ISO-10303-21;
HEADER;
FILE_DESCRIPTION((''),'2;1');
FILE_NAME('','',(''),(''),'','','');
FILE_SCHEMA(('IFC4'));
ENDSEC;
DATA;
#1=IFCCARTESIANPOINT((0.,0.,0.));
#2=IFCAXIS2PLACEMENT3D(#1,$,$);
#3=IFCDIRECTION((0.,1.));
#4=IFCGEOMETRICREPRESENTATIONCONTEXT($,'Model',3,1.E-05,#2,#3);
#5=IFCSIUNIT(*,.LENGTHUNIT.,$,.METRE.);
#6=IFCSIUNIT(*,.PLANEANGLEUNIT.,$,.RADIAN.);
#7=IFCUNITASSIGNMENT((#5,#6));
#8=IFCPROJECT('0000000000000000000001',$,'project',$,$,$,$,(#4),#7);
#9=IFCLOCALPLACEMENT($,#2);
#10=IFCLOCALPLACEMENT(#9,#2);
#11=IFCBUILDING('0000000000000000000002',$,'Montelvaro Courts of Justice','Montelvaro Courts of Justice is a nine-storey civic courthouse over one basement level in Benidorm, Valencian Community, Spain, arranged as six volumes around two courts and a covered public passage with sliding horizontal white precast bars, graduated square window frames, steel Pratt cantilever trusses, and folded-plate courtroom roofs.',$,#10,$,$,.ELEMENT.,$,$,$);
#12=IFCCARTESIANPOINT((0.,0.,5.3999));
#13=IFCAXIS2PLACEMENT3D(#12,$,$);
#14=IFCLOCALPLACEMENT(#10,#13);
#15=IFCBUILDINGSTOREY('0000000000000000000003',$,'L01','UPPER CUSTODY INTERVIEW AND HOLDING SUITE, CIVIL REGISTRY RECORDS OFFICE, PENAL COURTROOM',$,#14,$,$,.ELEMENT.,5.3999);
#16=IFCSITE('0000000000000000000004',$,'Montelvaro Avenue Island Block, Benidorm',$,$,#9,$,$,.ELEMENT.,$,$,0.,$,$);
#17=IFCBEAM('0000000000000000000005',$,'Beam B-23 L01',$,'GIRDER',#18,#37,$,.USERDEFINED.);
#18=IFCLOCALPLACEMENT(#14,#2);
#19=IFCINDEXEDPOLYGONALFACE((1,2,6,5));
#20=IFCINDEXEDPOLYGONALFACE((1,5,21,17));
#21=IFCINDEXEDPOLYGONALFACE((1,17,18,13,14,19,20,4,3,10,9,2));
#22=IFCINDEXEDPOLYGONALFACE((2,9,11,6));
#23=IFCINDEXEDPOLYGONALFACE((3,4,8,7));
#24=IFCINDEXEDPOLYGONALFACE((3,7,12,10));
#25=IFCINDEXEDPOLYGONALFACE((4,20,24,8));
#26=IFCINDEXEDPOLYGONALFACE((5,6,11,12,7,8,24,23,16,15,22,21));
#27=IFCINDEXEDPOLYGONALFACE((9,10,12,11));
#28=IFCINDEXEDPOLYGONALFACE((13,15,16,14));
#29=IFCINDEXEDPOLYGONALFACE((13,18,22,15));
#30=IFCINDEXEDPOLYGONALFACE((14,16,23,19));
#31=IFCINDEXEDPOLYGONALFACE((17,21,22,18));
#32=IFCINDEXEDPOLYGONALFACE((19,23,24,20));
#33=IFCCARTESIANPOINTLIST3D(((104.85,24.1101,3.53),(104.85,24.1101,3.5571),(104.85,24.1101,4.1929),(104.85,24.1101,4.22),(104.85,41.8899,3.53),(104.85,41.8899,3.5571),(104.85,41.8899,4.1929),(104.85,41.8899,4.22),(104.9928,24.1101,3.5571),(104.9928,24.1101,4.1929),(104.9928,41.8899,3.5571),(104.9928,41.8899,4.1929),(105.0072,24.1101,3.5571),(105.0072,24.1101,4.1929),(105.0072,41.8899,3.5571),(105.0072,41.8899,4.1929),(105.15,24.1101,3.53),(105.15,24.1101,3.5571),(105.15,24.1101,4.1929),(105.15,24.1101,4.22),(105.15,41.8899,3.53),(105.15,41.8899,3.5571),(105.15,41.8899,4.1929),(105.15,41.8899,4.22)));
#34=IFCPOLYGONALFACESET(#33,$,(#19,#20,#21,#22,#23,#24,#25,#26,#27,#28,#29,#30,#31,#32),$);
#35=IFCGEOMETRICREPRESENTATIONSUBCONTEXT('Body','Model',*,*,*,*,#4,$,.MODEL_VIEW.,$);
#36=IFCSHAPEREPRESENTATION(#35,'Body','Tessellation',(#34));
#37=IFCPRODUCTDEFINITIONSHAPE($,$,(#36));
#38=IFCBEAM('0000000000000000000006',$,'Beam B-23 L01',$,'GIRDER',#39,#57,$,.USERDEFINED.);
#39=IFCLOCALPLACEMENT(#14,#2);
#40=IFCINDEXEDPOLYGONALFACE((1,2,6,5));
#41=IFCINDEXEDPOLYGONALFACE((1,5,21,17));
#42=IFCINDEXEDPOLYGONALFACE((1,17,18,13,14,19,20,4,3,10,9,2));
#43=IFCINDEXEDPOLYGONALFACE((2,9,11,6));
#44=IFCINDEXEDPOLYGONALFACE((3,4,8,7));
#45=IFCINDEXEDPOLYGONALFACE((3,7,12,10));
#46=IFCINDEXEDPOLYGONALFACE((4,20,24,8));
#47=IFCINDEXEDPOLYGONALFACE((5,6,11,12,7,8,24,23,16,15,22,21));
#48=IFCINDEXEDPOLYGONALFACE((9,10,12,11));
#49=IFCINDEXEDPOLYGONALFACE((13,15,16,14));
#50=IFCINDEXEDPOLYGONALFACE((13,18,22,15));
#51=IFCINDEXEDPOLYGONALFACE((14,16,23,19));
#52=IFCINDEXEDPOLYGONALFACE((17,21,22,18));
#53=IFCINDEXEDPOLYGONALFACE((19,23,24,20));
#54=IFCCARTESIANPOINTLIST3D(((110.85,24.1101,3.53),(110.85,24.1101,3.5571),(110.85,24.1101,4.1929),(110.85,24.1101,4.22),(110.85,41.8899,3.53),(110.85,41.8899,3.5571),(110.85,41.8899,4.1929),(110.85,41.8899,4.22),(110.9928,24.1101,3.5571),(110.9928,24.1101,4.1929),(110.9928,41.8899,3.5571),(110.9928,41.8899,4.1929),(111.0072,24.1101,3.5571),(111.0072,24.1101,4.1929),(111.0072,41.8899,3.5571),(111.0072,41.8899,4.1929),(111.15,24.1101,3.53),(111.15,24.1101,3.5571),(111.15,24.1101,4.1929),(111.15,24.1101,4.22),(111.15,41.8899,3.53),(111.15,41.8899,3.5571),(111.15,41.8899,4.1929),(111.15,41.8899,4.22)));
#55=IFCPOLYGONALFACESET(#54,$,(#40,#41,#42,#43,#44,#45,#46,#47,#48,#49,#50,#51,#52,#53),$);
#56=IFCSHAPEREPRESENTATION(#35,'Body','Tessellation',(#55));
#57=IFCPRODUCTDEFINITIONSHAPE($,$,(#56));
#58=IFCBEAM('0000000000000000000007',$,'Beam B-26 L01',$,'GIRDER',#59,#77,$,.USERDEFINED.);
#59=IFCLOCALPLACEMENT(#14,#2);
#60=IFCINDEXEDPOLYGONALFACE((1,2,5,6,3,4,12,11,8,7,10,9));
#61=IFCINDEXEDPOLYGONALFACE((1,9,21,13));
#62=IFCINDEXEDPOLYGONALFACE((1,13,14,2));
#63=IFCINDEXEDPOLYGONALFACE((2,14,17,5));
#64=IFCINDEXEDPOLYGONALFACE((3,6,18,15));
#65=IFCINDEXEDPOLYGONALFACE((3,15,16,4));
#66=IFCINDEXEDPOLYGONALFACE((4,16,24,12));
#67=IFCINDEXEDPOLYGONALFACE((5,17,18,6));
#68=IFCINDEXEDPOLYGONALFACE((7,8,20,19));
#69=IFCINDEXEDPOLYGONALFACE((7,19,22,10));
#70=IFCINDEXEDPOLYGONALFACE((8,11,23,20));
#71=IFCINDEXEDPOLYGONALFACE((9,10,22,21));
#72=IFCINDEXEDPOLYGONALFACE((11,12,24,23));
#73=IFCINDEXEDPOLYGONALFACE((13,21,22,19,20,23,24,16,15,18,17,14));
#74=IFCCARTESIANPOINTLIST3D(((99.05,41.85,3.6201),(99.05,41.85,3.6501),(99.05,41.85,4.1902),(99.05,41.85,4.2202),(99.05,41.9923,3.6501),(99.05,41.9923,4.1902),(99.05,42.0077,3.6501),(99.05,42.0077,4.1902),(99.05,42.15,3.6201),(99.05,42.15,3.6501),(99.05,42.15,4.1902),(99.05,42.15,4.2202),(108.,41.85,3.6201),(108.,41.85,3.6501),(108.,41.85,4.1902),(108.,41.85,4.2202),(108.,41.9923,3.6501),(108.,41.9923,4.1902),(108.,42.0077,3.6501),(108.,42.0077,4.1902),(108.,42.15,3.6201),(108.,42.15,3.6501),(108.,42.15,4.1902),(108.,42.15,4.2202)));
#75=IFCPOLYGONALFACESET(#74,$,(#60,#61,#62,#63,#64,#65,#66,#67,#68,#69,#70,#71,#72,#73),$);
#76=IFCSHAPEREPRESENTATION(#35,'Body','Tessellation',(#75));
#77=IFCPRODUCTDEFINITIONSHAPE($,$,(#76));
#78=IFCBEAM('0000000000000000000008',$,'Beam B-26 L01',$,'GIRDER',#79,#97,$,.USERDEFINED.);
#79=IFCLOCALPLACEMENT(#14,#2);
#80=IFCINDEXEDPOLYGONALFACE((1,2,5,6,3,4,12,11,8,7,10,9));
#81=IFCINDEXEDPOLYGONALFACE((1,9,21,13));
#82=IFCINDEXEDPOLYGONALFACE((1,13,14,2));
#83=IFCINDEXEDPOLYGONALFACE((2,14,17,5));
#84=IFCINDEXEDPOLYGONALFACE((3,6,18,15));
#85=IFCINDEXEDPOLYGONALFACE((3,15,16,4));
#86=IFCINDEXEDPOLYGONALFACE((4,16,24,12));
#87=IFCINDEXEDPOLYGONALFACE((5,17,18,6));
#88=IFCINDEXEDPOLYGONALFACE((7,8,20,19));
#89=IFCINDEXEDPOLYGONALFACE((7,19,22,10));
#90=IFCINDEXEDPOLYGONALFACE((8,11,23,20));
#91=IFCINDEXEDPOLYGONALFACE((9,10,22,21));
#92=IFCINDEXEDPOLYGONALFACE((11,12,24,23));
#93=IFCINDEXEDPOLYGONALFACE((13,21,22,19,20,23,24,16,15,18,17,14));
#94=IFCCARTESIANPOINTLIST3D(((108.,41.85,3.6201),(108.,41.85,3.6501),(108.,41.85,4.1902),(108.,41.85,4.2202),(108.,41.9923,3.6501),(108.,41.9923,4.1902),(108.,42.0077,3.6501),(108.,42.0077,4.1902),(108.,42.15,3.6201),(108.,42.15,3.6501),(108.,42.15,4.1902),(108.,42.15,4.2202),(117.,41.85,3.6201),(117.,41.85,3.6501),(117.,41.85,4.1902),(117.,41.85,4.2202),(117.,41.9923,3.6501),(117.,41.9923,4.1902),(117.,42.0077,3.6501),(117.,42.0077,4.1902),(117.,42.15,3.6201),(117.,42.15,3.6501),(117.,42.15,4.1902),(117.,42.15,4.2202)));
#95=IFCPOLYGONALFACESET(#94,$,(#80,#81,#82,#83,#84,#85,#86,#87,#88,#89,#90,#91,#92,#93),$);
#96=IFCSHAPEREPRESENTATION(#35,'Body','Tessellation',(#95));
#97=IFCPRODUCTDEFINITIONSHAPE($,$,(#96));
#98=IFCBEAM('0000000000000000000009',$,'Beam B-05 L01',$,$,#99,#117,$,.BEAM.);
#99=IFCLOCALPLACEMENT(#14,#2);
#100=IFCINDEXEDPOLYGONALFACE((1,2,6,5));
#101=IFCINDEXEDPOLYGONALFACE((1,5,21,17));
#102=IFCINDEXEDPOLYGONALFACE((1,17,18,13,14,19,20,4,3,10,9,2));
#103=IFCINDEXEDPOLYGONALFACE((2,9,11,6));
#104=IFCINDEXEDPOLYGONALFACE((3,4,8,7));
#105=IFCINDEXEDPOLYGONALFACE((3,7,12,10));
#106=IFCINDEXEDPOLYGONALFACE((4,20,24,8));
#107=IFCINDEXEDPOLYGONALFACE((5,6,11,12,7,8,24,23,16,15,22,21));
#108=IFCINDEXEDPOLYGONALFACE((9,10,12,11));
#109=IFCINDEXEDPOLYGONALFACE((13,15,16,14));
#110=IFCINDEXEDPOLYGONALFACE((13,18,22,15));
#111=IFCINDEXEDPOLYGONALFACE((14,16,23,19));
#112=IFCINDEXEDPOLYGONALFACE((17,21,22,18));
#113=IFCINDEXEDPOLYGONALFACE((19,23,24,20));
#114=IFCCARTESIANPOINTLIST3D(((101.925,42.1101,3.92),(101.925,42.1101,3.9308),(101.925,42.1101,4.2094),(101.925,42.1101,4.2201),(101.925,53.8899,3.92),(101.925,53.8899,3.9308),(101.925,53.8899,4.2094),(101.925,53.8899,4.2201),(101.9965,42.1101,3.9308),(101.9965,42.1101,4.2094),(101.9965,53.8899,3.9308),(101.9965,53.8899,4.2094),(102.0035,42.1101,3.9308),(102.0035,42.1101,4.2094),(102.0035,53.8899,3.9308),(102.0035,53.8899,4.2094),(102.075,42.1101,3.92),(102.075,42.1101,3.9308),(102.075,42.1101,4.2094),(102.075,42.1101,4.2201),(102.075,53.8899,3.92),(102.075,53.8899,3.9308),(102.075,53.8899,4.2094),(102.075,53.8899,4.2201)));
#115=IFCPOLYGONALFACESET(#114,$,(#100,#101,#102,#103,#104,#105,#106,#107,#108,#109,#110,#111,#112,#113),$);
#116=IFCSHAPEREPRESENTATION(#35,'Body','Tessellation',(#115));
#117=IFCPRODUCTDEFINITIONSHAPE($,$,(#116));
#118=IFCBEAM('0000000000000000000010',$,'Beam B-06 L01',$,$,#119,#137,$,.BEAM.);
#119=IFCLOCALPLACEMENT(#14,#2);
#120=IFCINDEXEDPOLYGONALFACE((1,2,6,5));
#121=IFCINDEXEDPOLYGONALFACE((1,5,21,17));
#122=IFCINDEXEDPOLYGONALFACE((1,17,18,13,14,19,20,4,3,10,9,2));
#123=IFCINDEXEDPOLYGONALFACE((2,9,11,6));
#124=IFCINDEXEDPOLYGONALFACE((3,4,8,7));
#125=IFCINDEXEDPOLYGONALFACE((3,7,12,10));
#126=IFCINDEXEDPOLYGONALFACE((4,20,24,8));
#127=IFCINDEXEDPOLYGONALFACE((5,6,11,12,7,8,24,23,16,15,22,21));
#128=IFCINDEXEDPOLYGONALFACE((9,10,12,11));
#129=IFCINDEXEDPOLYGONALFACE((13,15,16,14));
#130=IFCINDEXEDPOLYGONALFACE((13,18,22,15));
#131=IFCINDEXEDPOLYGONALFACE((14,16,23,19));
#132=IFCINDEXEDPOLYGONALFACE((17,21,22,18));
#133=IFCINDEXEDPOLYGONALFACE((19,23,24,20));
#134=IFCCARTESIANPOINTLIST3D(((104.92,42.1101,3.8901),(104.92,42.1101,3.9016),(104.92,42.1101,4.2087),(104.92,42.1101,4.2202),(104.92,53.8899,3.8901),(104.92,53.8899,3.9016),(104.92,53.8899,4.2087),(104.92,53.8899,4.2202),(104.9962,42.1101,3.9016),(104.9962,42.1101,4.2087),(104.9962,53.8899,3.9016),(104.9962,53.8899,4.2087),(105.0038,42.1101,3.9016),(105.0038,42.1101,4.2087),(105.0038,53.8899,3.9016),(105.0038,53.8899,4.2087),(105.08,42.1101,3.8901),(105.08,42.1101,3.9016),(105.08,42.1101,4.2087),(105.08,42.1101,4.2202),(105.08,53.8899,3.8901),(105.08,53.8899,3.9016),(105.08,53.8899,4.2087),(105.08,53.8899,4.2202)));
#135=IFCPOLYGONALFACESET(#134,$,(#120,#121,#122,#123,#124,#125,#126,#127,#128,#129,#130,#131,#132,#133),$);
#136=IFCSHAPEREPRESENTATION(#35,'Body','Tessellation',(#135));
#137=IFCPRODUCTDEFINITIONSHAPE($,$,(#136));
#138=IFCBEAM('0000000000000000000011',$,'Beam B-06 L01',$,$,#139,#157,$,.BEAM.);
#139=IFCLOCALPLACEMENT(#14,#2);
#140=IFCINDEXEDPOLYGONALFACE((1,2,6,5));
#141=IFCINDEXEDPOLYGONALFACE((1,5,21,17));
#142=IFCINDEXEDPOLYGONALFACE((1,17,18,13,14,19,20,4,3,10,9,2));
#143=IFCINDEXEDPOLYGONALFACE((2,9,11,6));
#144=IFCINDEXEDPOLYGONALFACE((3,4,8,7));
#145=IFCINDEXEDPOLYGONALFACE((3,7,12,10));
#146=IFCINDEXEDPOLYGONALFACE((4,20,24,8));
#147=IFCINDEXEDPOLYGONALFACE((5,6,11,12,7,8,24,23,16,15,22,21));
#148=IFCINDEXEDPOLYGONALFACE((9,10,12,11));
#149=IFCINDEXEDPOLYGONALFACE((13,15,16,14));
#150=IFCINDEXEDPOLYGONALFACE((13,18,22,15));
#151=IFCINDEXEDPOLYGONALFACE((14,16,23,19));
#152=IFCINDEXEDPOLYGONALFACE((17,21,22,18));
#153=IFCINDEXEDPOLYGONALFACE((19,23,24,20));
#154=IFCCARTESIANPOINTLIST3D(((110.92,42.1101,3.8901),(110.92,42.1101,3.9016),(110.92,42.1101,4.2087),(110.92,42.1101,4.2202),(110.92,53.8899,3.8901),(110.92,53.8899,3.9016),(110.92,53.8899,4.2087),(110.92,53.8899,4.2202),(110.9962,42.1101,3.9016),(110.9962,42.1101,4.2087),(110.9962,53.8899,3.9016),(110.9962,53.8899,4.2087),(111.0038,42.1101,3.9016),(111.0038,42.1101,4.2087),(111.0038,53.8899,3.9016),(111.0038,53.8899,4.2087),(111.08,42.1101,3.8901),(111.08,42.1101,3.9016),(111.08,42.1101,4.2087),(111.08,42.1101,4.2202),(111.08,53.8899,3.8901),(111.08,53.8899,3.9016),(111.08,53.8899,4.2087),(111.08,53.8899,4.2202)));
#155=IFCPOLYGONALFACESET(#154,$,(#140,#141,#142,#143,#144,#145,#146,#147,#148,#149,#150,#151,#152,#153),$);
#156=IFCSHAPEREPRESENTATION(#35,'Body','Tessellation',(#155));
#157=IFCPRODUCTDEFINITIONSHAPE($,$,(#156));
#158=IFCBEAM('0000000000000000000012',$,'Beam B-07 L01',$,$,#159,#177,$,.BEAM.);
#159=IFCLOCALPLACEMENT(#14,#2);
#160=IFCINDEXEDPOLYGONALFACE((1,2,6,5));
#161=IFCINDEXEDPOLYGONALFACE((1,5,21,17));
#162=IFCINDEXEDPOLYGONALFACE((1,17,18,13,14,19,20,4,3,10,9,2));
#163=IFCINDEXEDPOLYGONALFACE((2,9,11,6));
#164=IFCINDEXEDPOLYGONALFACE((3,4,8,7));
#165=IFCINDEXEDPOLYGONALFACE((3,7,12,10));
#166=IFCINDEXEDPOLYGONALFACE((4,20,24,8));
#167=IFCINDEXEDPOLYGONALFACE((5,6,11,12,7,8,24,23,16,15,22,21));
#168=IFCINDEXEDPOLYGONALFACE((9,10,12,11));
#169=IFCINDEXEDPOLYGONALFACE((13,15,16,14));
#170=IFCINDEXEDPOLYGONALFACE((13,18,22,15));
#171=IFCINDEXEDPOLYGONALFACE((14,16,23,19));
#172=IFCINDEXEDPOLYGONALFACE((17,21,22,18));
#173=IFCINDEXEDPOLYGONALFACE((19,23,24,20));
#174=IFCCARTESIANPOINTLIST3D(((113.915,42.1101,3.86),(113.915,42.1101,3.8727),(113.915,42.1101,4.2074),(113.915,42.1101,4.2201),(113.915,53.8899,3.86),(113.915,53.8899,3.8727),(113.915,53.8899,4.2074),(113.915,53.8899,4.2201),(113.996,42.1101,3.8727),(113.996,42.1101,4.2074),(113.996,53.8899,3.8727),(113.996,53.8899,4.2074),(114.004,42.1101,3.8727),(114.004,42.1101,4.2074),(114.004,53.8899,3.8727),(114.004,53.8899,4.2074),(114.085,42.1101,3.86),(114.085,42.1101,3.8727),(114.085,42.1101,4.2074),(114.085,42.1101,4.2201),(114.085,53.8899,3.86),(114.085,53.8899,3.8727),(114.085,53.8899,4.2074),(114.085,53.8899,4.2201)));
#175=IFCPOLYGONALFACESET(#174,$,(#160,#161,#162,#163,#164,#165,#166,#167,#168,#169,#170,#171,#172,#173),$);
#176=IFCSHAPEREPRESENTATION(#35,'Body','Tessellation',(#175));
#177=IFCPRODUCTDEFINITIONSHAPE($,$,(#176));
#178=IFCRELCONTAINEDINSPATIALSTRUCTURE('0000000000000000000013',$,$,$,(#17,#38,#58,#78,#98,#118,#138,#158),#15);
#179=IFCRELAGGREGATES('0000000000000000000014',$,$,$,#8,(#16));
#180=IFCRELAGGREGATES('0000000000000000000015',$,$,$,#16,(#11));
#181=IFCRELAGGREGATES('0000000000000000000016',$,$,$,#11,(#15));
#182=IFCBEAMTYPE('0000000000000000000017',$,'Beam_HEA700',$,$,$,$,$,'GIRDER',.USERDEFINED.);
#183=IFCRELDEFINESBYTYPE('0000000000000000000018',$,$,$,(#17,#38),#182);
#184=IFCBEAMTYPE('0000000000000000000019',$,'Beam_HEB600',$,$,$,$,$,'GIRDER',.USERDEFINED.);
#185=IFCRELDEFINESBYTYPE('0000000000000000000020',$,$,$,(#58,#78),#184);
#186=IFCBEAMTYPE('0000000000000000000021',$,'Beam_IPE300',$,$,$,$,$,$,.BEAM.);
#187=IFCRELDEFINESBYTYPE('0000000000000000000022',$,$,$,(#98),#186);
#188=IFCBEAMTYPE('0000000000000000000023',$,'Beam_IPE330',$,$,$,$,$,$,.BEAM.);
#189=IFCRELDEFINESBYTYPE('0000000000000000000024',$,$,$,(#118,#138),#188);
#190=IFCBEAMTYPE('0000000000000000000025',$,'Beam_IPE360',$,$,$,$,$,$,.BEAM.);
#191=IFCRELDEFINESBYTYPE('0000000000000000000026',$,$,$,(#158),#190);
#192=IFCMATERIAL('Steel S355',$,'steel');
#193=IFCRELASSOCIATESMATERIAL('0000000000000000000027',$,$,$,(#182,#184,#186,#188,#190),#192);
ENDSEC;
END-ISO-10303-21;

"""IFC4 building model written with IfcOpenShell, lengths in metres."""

from ifc_helpers import new_model, si_unit, direction, frame, origin, origin_2d, place, context, subcontext, project, spatial, i_section, extrude, material, material_profile, profile_set, type_object, element, save


model = new_model("IFC4")

# Units and contexts
model_context = context("Model", 3, precision=1e-05, world=origin(), true_north=direction((0.0, 1.0)))
body_context = subcontext(model_context, "Body", "Model", "MODEL_VIEW")
ifc_project = project(units=[si_unit("LENGTHUNIT", "METRE"), si_unit("PLANEANGLEUNIT", "RADIAN")], contexts=[model_context])

# Site, building, storey
site_placement = place(None, origin())
site = spatial("IfcSite", under=ifc_project, at=site_placement, Name="Montelvaro Avenue Island Block, Benidorm", CompositionType="ELEMENT", RefElevation=0.0)
building_placement = place(site_placement, origin())
building = spatial("IfcBuilding", under=site, at=building_placement, Name="Montelvaro Courts of Justice", Description="Montelvaro Courts of Justice is a nine-storey civic courthouse over one basement level in Benidorm, Valencian Community, Spain, arranged as six volumes around two courts and a covered public passage with sliding horizontal white precast bars, graduated square window frames, steel Pratt cantilever trusses, and folded-plate courtroom roofs.", CompositionType="ELEMENT")
storey_placement = place(building_placement, frame((0.0, 0.0, 5.3999)))
storey = spatial("IfcBuildingStorey", under=building, at=storey_placement, Name="L01", Description="UPPER CUSTODY INTERVIEW AND HOLDING SUITE, CIVIL REGISTRY RECORDS OFFICE, PENAL COURTROOM", CompositionType="ELEMENT", Elevation=5.3999)

# Shared definitions
ifc_material_1 = material(Name="Steel S355", Category="steel")

# Beams
ifc_material_profile_1 = material_profile(ifc_material_1, i_section(OverallWidth=0.3, OverallDepth=0.6899, WebThickness=0.0144, FlangeThickness=0.0271, at=origin_2d()), Name="HEA 700")
ifc_profile_set_1 = profile_set([ifc_material_profile_1], Name="Steel S355")
beam_type_1 = type_object("IfcBeamType", Name="Beam_HEA700", ElementType="GIRDER", PredefinedType="USERDEFINED", material=ifc_profile_set_1)
for number, where, z_axis, x_axis, name in (
    (1, (105.0, 24.1101, 3.875), (0.0, 1.0, 0.0), (-1.0, 0.0, 0.0), "Beam B-23 L01"),
    (2, (111.0, 24.1101, 3.875), (0.0, 1.0, 0.0), (-1.0, 0.0, 0.0), "Beam B-23 L01"),
):
    element("IfcBeam", number, at=place(storey_placement, frame(where, z_axis=z_axis, x_axis=x_axis)), inside=storey, type_object=beam_type_1, Name=name, ObjectType="GIRDER", PredefinedType="USERDEFINED", context=body_context, shape_type="SweptSolid", body=[
        extrude(i_section(OverallWidth=0.3, OverallDepth=0.6899, WebThickness=0.0144, FlangeThickness=0.0271, at=origin_2d()), origin(), (0.0, 0.0, 1.0), 17.7798),
    ])
ifc_material_profile_2 = material_profile(ifc_material_1, i_section(OverallWidth=0.3, OverallDepth=0.6001, WebThickness=0.0154, FlangeThickness=0.03, at=origin_2d()), Name="HEB 600")
ifc_profile_set_2 = profile_set([ifc_material_profile_2], Name="Steel S355")
beam_type_2 = type_object("IfcBeamType", Name="Beam_HEB600", ElementType="GIRDER", PredefinedType="USERDEFINED", material=ifc_profile_set_2)
beam_1_placement = place(storey_placement, frame((99.05, 42.0, 3.9202), z_axis=(1.0, 0.0, 0.0), x_axis=(0.0, 1.0, 0.0)))
element("IfcBeam", 3, at=beam_1_placement, inside=storey, type_object=beam_type_2, Name="Beam B-26 L01", ObjectType="GIRDER", PredefinedType="USERDEFINED", context=body_context, shape_type="SweptSolid", body=[
    extrude(i_section(OverallWidth=0.3, OverallDepth=0.6001, WebThickness=0.0154, FlangeThickness=0.03, at=origin_2d()), origin(), (0.0, 0.0, 1.0), 8.95),
])
beam_2_placement = place(storey_placement, frame((108.0, 42.0, 3.9202), z_axis=(1.0, 0.0, 0.0), x_axis=(0.0, 1.0, 0.0)))
element("IfcBeam", 4, at=beam_2_placement, inside=storey, type_object=beam_type_2, Name="Beam B-26 L01", ObjectType="GIRDER", PredefinedType="USERDEFINED", context=body_context, shape_type="SweptSolid", body=[
    extrude(i_section(OverallWidth=0.3, OverallDepth=0.6001, WebThickness=0.0154, FlangeThickness=0.03, at=origin_2d()), origin(), (0.0, 0.0, 1.0), 9.0),
])
ifc_material_profile_3 = material_profile(ifc_material_1, i_section(OverallWidth=0.1499, OverallDepth=0.3, WebThickness=0.0071, FlangeThickness=0.0107, at=origin_2d()), Name="IPE 300")
ifc_profile_set_3 = profile_set([ifc_material_profile_3], Name="Steel S355")
beam_type_3 = type_object("IfcBeamType", Name="Beam_IPE300", PredefinedType="BEAM", material=ifc_profile_set_3)
beam_3_placement = place(storey_placement, frame((102.0, 42.1101, 4.0701), z_axis=(0.0, 1.0, 0.0), x_axis=(-1.0, 0.0, 0.0)))
element("IfcBeam", 5, at=beam_3_placement, inside=storey, type_object=beam_type_3, Name="Beam B-05 L01", PredefinedType="BEAM", context=body_context, shape_type="SweptSolid", body=[
    extrude(i_section(OverallWidth=0.1499, OverallDepth=0.3, WebThickness=0.0071, FlangeThickness=0.0107, at=origin_2d()), origin(), (0.0, 0.0, 1.0), 11.7798),
])
ifc_material_profile_4 = material_profile(ifc_material_1, i_section(OverallWidth=0.1599, OverallDepth=0.3301, WebThickness=0.0076, FlangeThickness=0.0115, at=origin_2d()), Name="IPE 330")
ifc_profile_set_4 = profile_set([ifc_material_profile_4], Name="Steel S355")
beam_type_4 = type_object("IfcBeamType", Name="Beam_IPE330", PredefinedType="BEAM", material=ifc_profile_set_4)
for number, where, z_axis, x_axis, name in (
    (6, (105.0, 42.1101, 4.0552), (0.0, 1.0, 0.0), (-1.0, 0.0, 0.0), "Beam B-06 L01"),
    (7, (111.0, 42.1101, 4.0552), (0.0, 1.0, 0.0), (-1.0, 0.0, 0.0), "Beam B-06 L01"),
):
    element("IfcBeam", number, at=place(storey_placement, frame(where, z_axis=z_axis, x_axis=x_axis)), inside=storey, type_object=beam_type_4, Name=name, PredefinedType="BEAM", context=body_context, shape_type="SweptSolid", body=[
        extrude(i_section(OverallWidth=0.1599, OverallDepth=0.3301, WebThickness=0.0076, FlangeThickness=0.0115, at=origin_2d()), origin(), (0.0, 0.0, 1.0), 11.7798),
    ])
ifc_material_profile_5 = material_profile(ifc_material_1, i_section(OverallWidth=0.1699, OverallDepth=0.3601, WebThickness=0.0081, FlangeThickness=0.0127, at=origin_2d()), Name="IPE 360")
ifc_profile_set_5 = profile_set([ifc_material_profile_5], Name="Steel S355")
beam_type_5 = type_object("IfcBeamType", Name="Beam_IPE360", PredefinedType="BEAM", material=ifc_profile_set_5)
beam_4_placement = place(storey_placement, frame((114.0, 42.1101, 4.04), z_axis=(0.0, 1.0, 0.0), x_axis=(-1.0, 0.0, 0.0)))
element("IfcBeam", 8, at=beam_4_placement, inside=storey, type_object=beam_type_5, Name="Beam B-07 L01", PredefinedType="BEAM", context=body_context, shape_type="SweptSolid", body=[
    extrude(i_section(OverallWidth=0.1699, OverallDepth=0.3601, WebThickness=0.0081, FlangeThickness=0.0127, at=origin_2d()), origin(), (0.0, 0.0, 1.0), 11.7798),
])

save(model, "model.ifc")
